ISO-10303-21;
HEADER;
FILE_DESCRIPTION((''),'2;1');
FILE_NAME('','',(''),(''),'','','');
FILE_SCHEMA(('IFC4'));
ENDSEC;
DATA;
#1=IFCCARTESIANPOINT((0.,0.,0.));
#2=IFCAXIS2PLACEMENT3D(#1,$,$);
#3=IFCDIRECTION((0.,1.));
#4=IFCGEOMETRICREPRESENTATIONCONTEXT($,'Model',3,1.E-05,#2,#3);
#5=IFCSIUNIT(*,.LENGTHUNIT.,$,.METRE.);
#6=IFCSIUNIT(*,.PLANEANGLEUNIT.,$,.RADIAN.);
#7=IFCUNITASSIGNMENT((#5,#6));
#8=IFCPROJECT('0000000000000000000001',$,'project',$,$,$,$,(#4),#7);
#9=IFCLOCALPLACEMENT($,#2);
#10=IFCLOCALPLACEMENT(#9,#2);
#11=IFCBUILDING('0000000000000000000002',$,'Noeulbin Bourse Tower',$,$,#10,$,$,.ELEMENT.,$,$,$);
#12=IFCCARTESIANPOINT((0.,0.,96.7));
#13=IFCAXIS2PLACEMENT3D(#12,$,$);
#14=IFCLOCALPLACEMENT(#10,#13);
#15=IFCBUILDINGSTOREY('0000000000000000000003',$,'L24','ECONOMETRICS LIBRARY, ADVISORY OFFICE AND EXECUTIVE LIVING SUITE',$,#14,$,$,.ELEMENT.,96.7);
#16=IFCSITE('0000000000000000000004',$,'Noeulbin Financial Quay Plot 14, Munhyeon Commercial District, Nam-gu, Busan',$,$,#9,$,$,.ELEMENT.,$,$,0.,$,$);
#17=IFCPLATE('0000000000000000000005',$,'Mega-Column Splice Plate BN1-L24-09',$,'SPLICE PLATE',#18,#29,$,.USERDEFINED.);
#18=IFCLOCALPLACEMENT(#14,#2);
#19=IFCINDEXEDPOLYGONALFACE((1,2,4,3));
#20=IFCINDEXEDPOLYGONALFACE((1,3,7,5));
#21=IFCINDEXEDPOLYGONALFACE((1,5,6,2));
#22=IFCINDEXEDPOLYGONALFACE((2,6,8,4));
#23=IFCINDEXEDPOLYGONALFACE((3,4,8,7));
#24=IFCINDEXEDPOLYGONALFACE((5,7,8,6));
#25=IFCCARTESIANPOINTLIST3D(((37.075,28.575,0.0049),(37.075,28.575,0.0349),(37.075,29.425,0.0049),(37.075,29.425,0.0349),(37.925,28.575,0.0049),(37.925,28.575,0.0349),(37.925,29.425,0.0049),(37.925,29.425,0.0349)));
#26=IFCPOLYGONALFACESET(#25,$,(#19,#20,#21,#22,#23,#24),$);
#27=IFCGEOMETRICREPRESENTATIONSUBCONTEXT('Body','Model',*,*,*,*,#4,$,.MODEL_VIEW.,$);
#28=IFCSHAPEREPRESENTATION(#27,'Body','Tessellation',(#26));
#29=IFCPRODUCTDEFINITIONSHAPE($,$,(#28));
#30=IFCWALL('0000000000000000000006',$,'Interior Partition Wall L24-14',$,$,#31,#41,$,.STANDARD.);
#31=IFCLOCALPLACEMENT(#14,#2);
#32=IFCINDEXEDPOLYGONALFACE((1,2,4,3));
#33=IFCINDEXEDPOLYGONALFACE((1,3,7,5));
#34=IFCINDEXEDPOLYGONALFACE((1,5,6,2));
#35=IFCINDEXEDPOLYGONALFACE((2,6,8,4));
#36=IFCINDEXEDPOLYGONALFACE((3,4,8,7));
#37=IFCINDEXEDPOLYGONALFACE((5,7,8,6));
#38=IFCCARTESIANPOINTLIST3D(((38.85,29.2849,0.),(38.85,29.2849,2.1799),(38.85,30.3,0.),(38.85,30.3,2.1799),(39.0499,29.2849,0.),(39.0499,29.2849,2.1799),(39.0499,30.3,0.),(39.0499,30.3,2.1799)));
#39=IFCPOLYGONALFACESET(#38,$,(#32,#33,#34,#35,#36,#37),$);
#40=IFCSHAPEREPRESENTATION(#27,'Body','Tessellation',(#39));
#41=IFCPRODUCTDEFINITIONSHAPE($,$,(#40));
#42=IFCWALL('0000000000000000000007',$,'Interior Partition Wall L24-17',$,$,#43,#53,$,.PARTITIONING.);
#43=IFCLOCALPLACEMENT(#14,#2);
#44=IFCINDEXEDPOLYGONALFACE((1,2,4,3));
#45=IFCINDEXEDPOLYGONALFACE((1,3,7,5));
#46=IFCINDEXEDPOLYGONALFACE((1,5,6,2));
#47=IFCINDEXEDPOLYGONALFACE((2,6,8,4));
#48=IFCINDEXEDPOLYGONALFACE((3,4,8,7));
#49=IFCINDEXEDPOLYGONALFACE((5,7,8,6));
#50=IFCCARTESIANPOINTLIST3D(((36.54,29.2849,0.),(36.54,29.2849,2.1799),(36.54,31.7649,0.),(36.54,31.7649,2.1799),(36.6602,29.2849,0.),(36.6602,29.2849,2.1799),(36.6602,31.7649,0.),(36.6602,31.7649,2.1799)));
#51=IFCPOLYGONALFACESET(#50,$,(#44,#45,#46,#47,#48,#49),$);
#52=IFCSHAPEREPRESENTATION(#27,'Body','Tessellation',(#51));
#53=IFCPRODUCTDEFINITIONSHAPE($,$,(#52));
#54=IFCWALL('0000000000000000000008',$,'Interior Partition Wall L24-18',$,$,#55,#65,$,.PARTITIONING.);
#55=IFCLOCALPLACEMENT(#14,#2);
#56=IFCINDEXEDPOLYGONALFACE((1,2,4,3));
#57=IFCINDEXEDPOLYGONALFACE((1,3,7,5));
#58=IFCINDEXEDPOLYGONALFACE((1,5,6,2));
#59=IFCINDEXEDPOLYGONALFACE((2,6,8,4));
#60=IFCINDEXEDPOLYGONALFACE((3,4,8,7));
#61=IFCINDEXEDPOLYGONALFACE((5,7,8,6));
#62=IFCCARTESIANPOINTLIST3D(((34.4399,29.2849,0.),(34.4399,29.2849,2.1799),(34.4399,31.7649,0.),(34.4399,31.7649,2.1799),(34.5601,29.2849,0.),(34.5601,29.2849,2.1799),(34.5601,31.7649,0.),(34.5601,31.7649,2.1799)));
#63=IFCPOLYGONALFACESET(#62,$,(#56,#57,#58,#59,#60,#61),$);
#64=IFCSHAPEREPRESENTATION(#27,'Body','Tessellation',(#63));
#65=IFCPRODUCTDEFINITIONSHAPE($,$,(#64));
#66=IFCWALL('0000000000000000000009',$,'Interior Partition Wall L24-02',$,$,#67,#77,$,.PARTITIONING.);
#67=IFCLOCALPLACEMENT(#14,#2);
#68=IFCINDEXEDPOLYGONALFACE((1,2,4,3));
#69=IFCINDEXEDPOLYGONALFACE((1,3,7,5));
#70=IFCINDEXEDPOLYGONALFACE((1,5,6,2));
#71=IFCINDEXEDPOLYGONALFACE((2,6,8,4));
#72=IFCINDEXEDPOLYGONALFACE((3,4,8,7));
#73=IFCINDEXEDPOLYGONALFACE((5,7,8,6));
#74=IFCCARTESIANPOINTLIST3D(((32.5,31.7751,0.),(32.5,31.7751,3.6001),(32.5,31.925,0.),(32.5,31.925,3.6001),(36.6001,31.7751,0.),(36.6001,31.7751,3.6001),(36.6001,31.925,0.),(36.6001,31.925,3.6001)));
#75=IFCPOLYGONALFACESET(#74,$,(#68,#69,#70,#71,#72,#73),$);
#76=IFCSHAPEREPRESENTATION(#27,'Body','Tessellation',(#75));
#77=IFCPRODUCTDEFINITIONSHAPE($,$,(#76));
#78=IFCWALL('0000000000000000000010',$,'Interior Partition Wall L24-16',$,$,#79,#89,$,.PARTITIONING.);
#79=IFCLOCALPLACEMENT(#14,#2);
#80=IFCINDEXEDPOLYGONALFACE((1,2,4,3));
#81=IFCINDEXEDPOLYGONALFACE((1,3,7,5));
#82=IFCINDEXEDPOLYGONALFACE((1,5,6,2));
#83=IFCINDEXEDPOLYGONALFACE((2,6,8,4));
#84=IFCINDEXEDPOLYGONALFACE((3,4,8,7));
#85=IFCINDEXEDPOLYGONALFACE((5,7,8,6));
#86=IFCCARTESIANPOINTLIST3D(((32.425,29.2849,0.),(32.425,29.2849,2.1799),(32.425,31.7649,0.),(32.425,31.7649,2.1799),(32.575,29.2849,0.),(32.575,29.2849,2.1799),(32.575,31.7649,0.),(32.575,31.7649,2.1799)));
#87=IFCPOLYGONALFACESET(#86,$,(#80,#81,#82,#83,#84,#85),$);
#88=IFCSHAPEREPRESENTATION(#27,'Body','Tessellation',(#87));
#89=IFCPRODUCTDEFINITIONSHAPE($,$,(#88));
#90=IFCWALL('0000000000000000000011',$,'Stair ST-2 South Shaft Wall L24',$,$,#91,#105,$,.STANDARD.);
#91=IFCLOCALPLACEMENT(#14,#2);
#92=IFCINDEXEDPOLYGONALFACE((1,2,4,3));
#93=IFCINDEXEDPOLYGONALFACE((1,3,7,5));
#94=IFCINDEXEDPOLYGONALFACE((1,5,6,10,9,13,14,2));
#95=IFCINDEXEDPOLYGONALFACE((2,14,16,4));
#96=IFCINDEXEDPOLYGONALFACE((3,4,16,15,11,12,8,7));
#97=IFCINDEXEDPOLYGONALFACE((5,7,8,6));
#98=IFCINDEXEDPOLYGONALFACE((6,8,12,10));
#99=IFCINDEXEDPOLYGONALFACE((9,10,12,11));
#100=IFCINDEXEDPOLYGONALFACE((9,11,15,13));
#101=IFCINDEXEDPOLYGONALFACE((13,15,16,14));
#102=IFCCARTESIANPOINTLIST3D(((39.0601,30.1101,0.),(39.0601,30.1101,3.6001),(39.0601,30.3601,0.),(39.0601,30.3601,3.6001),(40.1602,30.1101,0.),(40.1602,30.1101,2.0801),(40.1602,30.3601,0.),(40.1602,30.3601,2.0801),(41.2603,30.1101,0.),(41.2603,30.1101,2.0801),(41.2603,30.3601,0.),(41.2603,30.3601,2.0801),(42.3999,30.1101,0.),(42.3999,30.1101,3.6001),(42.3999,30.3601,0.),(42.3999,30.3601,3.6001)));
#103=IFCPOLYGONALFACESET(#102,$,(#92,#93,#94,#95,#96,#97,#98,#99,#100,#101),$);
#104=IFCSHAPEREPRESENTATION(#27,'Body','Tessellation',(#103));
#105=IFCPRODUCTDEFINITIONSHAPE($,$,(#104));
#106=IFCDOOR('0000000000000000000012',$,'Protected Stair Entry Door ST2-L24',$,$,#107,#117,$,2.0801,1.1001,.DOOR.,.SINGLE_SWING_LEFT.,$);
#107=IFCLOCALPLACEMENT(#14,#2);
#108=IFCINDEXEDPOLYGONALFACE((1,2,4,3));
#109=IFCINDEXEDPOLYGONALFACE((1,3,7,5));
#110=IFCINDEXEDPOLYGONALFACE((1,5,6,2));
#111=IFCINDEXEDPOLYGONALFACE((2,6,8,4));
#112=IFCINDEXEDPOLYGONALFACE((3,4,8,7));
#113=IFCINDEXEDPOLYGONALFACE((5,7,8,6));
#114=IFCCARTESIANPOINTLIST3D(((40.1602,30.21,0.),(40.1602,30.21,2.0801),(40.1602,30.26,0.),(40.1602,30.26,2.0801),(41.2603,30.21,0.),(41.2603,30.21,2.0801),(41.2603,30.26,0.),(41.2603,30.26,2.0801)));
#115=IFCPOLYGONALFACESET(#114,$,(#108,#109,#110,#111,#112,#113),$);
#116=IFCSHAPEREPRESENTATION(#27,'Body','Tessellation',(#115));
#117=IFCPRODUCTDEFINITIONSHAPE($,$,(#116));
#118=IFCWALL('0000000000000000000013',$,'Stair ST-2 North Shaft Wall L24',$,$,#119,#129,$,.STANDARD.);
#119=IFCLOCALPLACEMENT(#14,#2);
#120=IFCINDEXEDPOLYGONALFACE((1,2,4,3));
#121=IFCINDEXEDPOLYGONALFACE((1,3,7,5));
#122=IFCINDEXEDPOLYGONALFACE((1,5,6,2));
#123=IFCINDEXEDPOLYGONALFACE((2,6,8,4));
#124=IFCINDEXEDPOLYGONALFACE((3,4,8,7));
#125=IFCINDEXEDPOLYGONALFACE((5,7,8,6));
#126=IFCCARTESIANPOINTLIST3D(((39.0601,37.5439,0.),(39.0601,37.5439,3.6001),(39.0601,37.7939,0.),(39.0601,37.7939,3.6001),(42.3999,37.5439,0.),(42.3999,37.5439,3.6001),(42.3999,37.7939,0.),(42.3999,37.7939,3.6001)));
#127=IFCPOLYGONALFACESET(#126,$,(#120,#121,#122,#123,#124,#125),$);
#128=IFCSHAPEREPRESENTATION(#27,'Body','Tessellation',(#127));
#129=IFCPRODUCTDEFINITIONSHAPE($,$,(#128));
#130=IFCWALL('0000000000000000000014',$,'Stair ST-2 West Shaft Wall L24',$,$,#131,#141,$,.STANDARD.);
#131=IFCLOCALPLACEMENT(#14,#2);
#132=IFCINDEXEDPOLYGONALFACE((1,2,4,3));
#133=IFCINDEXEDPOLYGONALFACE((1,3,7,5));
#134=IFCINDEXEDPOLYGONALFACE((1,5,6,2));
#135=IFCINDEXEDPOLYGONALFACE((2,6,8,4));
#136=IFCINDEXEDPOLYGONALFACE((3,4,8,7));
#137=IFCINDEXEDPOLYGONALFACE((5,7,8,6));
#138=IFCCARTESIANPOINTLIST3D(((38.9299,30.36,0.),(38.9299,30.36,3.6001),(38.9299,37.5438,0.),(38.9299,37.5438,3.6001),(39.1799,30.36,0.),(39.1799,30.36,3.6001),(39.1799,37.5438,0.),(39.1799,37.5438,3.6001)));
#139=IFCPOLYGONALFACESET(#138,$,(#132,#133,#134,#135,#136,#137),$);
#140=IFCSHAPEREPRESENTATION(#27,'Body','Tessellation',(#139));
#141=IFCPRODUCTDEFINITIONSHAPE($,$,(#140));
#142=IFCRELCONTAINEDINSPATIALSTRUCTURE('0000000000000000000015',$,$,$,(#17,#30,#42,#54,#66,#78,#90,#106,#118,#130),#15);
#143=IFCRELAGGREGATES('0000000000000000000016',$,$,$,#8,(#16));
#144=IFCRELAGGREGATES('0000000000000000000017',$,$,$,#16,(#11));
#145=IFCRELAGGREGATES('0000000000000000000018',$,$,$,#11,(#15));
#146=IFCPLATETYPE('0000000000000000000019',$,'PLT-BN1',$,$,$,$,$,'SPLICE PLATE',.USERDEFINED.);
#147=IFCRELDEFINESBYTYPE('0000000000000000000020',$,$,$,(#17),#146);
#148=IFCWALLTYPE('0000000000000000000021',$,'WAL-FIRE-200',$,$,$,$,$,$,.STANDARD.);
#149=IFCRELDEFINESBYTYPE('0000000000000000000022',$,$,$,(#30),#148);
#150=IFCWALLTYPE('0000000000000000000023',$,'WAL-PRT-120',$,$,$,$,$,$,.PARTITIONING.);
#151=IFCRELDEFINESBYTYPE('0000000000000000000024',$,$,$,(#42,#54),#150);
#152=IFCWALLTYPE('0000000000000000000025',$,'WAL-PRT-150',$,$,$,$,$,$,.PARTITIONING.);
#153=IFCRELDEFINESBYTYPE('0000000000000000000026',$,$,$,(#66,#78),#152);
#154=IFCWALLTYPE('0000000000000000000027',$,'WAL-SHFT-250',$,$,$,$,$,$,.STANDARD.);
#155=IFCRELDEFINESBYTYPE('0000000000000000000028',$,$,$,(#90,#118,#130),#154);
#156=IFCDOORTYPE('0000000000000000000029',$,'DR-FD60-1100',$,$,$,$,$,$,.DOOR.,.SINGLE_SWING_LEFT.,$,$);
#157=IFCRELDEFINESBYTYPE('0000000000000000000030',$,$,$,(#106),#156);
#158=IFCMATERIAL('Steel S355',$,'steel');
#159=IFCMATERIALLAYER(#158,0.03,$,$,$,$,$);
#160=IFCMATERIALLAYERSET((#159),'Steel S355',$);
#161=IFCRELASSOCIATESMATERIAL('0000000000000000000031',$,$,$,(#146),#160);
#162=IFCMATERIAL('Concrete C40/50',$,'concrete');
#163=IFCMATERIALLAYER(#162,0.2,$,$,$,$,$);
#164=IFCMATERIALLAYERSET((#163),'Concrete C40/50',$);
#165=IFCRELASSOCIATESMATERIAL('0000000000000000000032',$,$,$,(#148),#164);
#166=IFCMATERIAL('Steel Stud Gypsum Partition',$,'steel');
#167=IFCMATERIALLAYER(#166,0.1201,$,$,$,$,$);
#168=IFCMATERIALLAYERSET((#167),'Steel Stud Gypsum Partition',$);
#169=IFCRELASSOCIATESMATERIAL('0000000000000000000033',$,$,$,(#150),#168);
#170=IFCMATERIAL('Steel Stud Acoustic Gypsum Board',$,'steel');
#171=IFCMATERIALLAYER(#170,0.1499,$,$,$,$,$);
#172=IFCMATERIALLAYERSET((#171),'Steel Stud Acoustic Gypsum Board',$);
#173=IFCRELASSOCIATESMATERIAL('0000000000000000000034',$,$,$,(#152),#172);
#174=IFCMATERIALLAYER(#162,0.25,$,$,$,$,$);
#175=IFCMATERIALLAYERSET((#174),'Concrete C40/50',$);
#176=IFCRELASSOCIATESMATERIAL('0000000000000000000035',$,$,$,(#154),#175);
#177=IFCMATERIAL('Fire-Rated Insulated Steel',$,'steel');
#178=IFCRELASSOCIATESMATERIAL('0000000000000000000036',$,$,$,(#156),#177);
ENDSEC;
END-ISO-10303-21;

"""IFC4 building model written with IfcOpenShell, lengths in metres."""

from ifc_helpers import new_model, si_unit, direction, frame, frame_2d, origin, origin_2d, place, context, subcontext, project, spatial, rectangle, extrude, material, layer, layer_set, type_object, element, fill, save


model = new_model("IFC4")

# Units and contexts
model_context = context("Model", 3, precision=1e-05, world=origin(), true_north=direction((0.0, 1.0)))
body_context = subcontext(model_context, "Body", "Model", "MODEL_VIEW")
ifc_project = project(units=[si_unit("LENGTHUNIT", "METRE"), si_unit("PLANEANGLEUNIT", "RADIAN")], contexts=[model_context])

# Site, building, storey
site_placement = place(None, origin())
site = spatial("IfcSite", under=ifc_project, at=site_placement, Name="Noeulbin Financial Quay Plot 14, Munhyeon Commercial District, Nam-gu, Busan", CompositionType="ELEMENT", RefElevation=0.0)
building_placement = place(site_placement, origin())
building = spatial("IfcBuilding", under=site, at=building_placement, Name="Noeulbin Bourse Tower", CompositionType="ELEMENT")
storey_placement = place(building_placement, frame((0.0, 0.0, 96.7)))
storey = spatial("IfcBuildingStorey", under=building, at=storey_placement, Name="L24", Description="ECONOMETRICS LIBRARY, ADVISORY OFFICE AND EXECUTIVE LIVING SUITE", CompositionType="ELEMENT", Elevation=96.7)

# Shared definitions
ifc_material_1 = material(Name="Steel S355", Category="steel")

# Plate
ifc_layer_1 = layer(ifc_material_1, 0.03)
ifc_layer_set_1 = layer_set([ifc_layer_1], Name="Steel S355")
plate_type = type_object("IfcPlateType", Name="PLT-BN1", ElementType="SPLICE PLATE", PredefinedType="USERDEFINED", material=ifc_layer_set_1)
for number, where, z_axis, x_axis, name in (
    (1, (37.5, 29.0, 0.0049), (0.0, 0.0, 1.0), (1.0, 0.0, 0.0), "Mega-Column Splice Plate BN1-L24-09"),
):
    element("IfcPlate", number, at=place(storey_placement, frame(where, z_axis=z_axis, x_axis=x_axis)), inside=storey, type_object=plate_type, Name=name, ObjectType="SPLICE PLATE", PredefinedType="USERDEFINED", context=body_context, shape_type="SweptSolid", body=[
        extrude(rectangle(XDim=0.8501, YDim=0.8501, at=origin_2d()), origin(), (0.0, 0.0, 1.0), 0.03),
    ])

# Walls
ifc_material_2 = material(Name="Concrete C40/50", Category="concrete")
ifc_layer_2 = layer(ifc_material_2, 0.2)
ifc_layer_set_2 = layer_set([ifc_layer_2], Name="Concrete C40/50")
wall_type_1 = type_object("IfcWallType", Name="WAL-FIRE-200", PredefinedType="STANDARD", material=ifc_layer_set_2)
wall_1_placement = place(storey_placement, frame((38.95, 29.2849, 0.0), z_axis=(0.0, 0.0, 1.0), x_axis=(0.0, 1.0, 0.0)))
element("IfcWall", 2, at=wall_1_placement, inside=storey, type_object=wall_type_1, Name="Interior Partition Wall L24-14", PredefinedType="STANDARD", context=body_context, shape_type="SweptSolid", body=[
    extrude(rectangle(XDim=1.0151, YDim=0.2, at=frame_2d((0.5076, 0.0))), origin(), (0.0, 0.0, 1.0), 2.1799),
])
ifc_material_3 = material(Name="Steel Stud Gypsum Partition", Category="steel")
ifc_layer_3 = layer(ifc_material_3, 0.1201)
ifc_layer_set_3 = layer_set([ifc_layer_3], Name="Steel Stud Gypsum Partition")
wall_type_2 = type_object("IfcWallType", Name="WAL-PRT-120", PredefinedType="PARTITIONING", material=ifc_layer_set_3)
for number, where, z_axis, x_axis, name in (
    (3, (36.6001, 29.2849, 0.0), (0.0, 0.0, 1.0), (0.0, 1.0, 0.0), "Interior Partition Wall L24-17"),
    (4, (34.5, 29.2849, 0.0), (0.0, 0.0, 1.0), (0.0, 1.0, 0.0), "Interior Partition Wall L24-18"),
):
    element("IfcWall", number, at=place(storey_placement, frame(where, z_axis=z_axis, x_axis=x_axis)), inside=storey, type_object=wall_type_2, Name=name, PredefinedType="PARTITIONING", context=body_context, shape_type="SweptSolid", body=[
        extrude(rectangle(XDim=2.48, YDim=0.1201, at=frame_2d((1.24, 0.0))), origin(), (0.0, 0.0, 1.0), 2.1799),
    ])
ifc_material_4 = material(Name="Steel Stud Acoustic Gypsum Board", Category="steel")
ifc_layer_4 = layer(ifc_material_4, 0.1499)
ifc_layer_set_4 = layer_set([ifc_layer_4], Name="Steel Stud Acoustic Gypsum Board")
wall_type_3 = type_object("IfcWallType", Name="WAL-PRT-150", PredefinedType="PARTITIONING", material=ifc_layer_set_4)
wall_2_placement = place(storey_placement, frame((32.5, 31.8501, 0.0), z_axis=(0.0, 0.0, 1.0), x_axis=(1.0, 0.0, 0.0)))
element("IfcWall", 5, at=wall_2_placement, inside=storey, type_object=wall_type_3, Name="Interior Partition Wall L24-02", PredefinedType="PARTITIONING", context=body_context, shape_type="SweptSolid", body=[
    extrude(rectangle(XDim=4.1001, YDim=0.1499, at=frame_2d((2.05, 0.0))), origin(), (0.0, 0.0, 1.0), 3.6001),
])
wall_3_placement = place(storey_placement, frame((32.5, 29.2849, 0.0), z_axis=(0.0, 0.0, 1.0), x_axis=(0.0, 1.0, 0.0)))
element("IfcWall", 6, at=wall_3_placement, inside=storey, type_object=wall_type_3, Name="Interior Partition Wall L24-16", PredefinedType="PARTITIONING", context=body_context, shape_type="SweptSolid", body=[
    extrude(rectangle(XDim=2.48, YDim=0.1499, at=frame_2d((1.24, 0.0))), origin(), (0.0, 0.0, 1.0), 2.1799),
])

# Wall, opening, door
ifc_layer_5 = layer(ifc_material_2, 0.25)
ifc_layer_set_5 = layer_set([ifc_layer_5], Name="Concrete C40/50")
wall_type_4 = type_object("IfcWallType", Name="WAL-SHFT-250", PredefinedType="STANDARD", material=ifc_layer_set_5)
wall_4_placement = place(storey_placement, frame((39.0601, 30.2351, 0.0), z_axis=(0.0, 0.0, 1.0), x_axis=(1.0, 0.0, 0.0)))
wall_4 = element("IfcWall", 7, at=wall_4_placement, inside=storey, type_object=wall_type_4, Name="Stair ST-2 South Shaft Wall L24", PredefinedType="STANDARD", context=body_context, shape_type="SweptSolid", body=[
    extrude(rectangle(XDim=3.3398, YDim=0.25, at=frame_2d((1.6699, 0.0))), origin(), (0.0, 0.0, 1.0), 3.6001),
])
opening_1_placement = place(wall_4_placement, frame((1.1001, 0.0, 0.0)))
opening_1 = element("IfcOpeningElement", 8, at=opening_1_placement, cuts=wall_4, PredefinedType="OPENING", context=body_context, shape_type="SweptSolid", body=[
    extrude(rectangle(XDim=1.1001, YDim=2.0801, at=frame_2d((0.55, 1.04))), frame((0.0, 0.135, 0.0), z_axis=(0.0, -1.0, 0.0), x_axis=(1.0, 0.0, 0.0)), (0.0, 0.0, 1.0), 0.27),
])
ifc_material_5 = material(Name="Fire-Rated Insulated Steel", Category="steel")
door_type_1 = type_object("IfcDoorType", Name="DR-FD60-1100", OperationType="SINGLE_SWING_LEFT", PredefinedType="DOOR", material=ifc_material_5)
door_1_placement = place(opening_1_placement, origin())
door_1 = element("IfcDoor", 9, at=door_1_placement, inside=storey, type_object=door_type_1, Name="Protected Stair Entry Door ST2-L24", OperationType="SINGLE_SWING_LEFT", OverallHeight=2.0801, OverallWidth=1.1001, PredefinedType="DOOR", context=body_context, shape_type="SweptSolid", body=[
    extrude(rectangle(XDim=1.1001, YDim=2.0801, at=frame_2d((0.55, 1.04))), frame((0.0, 0.0249, 0.0), z_axis=(0.0, -1.0, 0.0), x_axis=(1.0, 0.0, 0.0)), (0.0, 0.0, 1.0), 0.05),
])
fill(opening_1, door_1)

# Walls
wall_5_placement = place(storey_placement, frame((39.0601, 37.6689, 0.0), z_axis=(0.0, 0.0, 1.0), x_axis=(1.0, 0.0, 0.0)))
element("IfcWall", 10, at=wall_5_placement, inside=storey, type_object=wall_type_4, Name="Stair ST-2 North Shaft Wall L24", PredefinedType="STANDARD", context=body_context, shape_type="SweptSolid", body=[
    extrude(rectangle(XDim=3.3398, YDim=0.25, at=frame_2d((1.6699, 0.0))), origin(), (0.0, 0.0, 1.0), 3.6001),
])
wall_6_placement = place(storey_placement, frame((39.0549, 30.3601, 0.0), z_axis=(0.0, 0.0, 1.0), x_axis=(0.0, 1.0, 0.0)))
element("IfcWall", 11, at=wall_6_placement, inside=storey, type_object=wall_type_4, Name="Stair ST-2 West Shaft Wall L24", PredefinedType="STANDARD", context=body_context, shape_type="SweptSolid", body=[
    extrude(rectangle(XDim=7.1838, YDim=0.25, at=frame_2d((3.5918, 0.0))), origin(), (0.0, 0.0, 1.0), 3.6001),
])

save(model, "model.ifc")
